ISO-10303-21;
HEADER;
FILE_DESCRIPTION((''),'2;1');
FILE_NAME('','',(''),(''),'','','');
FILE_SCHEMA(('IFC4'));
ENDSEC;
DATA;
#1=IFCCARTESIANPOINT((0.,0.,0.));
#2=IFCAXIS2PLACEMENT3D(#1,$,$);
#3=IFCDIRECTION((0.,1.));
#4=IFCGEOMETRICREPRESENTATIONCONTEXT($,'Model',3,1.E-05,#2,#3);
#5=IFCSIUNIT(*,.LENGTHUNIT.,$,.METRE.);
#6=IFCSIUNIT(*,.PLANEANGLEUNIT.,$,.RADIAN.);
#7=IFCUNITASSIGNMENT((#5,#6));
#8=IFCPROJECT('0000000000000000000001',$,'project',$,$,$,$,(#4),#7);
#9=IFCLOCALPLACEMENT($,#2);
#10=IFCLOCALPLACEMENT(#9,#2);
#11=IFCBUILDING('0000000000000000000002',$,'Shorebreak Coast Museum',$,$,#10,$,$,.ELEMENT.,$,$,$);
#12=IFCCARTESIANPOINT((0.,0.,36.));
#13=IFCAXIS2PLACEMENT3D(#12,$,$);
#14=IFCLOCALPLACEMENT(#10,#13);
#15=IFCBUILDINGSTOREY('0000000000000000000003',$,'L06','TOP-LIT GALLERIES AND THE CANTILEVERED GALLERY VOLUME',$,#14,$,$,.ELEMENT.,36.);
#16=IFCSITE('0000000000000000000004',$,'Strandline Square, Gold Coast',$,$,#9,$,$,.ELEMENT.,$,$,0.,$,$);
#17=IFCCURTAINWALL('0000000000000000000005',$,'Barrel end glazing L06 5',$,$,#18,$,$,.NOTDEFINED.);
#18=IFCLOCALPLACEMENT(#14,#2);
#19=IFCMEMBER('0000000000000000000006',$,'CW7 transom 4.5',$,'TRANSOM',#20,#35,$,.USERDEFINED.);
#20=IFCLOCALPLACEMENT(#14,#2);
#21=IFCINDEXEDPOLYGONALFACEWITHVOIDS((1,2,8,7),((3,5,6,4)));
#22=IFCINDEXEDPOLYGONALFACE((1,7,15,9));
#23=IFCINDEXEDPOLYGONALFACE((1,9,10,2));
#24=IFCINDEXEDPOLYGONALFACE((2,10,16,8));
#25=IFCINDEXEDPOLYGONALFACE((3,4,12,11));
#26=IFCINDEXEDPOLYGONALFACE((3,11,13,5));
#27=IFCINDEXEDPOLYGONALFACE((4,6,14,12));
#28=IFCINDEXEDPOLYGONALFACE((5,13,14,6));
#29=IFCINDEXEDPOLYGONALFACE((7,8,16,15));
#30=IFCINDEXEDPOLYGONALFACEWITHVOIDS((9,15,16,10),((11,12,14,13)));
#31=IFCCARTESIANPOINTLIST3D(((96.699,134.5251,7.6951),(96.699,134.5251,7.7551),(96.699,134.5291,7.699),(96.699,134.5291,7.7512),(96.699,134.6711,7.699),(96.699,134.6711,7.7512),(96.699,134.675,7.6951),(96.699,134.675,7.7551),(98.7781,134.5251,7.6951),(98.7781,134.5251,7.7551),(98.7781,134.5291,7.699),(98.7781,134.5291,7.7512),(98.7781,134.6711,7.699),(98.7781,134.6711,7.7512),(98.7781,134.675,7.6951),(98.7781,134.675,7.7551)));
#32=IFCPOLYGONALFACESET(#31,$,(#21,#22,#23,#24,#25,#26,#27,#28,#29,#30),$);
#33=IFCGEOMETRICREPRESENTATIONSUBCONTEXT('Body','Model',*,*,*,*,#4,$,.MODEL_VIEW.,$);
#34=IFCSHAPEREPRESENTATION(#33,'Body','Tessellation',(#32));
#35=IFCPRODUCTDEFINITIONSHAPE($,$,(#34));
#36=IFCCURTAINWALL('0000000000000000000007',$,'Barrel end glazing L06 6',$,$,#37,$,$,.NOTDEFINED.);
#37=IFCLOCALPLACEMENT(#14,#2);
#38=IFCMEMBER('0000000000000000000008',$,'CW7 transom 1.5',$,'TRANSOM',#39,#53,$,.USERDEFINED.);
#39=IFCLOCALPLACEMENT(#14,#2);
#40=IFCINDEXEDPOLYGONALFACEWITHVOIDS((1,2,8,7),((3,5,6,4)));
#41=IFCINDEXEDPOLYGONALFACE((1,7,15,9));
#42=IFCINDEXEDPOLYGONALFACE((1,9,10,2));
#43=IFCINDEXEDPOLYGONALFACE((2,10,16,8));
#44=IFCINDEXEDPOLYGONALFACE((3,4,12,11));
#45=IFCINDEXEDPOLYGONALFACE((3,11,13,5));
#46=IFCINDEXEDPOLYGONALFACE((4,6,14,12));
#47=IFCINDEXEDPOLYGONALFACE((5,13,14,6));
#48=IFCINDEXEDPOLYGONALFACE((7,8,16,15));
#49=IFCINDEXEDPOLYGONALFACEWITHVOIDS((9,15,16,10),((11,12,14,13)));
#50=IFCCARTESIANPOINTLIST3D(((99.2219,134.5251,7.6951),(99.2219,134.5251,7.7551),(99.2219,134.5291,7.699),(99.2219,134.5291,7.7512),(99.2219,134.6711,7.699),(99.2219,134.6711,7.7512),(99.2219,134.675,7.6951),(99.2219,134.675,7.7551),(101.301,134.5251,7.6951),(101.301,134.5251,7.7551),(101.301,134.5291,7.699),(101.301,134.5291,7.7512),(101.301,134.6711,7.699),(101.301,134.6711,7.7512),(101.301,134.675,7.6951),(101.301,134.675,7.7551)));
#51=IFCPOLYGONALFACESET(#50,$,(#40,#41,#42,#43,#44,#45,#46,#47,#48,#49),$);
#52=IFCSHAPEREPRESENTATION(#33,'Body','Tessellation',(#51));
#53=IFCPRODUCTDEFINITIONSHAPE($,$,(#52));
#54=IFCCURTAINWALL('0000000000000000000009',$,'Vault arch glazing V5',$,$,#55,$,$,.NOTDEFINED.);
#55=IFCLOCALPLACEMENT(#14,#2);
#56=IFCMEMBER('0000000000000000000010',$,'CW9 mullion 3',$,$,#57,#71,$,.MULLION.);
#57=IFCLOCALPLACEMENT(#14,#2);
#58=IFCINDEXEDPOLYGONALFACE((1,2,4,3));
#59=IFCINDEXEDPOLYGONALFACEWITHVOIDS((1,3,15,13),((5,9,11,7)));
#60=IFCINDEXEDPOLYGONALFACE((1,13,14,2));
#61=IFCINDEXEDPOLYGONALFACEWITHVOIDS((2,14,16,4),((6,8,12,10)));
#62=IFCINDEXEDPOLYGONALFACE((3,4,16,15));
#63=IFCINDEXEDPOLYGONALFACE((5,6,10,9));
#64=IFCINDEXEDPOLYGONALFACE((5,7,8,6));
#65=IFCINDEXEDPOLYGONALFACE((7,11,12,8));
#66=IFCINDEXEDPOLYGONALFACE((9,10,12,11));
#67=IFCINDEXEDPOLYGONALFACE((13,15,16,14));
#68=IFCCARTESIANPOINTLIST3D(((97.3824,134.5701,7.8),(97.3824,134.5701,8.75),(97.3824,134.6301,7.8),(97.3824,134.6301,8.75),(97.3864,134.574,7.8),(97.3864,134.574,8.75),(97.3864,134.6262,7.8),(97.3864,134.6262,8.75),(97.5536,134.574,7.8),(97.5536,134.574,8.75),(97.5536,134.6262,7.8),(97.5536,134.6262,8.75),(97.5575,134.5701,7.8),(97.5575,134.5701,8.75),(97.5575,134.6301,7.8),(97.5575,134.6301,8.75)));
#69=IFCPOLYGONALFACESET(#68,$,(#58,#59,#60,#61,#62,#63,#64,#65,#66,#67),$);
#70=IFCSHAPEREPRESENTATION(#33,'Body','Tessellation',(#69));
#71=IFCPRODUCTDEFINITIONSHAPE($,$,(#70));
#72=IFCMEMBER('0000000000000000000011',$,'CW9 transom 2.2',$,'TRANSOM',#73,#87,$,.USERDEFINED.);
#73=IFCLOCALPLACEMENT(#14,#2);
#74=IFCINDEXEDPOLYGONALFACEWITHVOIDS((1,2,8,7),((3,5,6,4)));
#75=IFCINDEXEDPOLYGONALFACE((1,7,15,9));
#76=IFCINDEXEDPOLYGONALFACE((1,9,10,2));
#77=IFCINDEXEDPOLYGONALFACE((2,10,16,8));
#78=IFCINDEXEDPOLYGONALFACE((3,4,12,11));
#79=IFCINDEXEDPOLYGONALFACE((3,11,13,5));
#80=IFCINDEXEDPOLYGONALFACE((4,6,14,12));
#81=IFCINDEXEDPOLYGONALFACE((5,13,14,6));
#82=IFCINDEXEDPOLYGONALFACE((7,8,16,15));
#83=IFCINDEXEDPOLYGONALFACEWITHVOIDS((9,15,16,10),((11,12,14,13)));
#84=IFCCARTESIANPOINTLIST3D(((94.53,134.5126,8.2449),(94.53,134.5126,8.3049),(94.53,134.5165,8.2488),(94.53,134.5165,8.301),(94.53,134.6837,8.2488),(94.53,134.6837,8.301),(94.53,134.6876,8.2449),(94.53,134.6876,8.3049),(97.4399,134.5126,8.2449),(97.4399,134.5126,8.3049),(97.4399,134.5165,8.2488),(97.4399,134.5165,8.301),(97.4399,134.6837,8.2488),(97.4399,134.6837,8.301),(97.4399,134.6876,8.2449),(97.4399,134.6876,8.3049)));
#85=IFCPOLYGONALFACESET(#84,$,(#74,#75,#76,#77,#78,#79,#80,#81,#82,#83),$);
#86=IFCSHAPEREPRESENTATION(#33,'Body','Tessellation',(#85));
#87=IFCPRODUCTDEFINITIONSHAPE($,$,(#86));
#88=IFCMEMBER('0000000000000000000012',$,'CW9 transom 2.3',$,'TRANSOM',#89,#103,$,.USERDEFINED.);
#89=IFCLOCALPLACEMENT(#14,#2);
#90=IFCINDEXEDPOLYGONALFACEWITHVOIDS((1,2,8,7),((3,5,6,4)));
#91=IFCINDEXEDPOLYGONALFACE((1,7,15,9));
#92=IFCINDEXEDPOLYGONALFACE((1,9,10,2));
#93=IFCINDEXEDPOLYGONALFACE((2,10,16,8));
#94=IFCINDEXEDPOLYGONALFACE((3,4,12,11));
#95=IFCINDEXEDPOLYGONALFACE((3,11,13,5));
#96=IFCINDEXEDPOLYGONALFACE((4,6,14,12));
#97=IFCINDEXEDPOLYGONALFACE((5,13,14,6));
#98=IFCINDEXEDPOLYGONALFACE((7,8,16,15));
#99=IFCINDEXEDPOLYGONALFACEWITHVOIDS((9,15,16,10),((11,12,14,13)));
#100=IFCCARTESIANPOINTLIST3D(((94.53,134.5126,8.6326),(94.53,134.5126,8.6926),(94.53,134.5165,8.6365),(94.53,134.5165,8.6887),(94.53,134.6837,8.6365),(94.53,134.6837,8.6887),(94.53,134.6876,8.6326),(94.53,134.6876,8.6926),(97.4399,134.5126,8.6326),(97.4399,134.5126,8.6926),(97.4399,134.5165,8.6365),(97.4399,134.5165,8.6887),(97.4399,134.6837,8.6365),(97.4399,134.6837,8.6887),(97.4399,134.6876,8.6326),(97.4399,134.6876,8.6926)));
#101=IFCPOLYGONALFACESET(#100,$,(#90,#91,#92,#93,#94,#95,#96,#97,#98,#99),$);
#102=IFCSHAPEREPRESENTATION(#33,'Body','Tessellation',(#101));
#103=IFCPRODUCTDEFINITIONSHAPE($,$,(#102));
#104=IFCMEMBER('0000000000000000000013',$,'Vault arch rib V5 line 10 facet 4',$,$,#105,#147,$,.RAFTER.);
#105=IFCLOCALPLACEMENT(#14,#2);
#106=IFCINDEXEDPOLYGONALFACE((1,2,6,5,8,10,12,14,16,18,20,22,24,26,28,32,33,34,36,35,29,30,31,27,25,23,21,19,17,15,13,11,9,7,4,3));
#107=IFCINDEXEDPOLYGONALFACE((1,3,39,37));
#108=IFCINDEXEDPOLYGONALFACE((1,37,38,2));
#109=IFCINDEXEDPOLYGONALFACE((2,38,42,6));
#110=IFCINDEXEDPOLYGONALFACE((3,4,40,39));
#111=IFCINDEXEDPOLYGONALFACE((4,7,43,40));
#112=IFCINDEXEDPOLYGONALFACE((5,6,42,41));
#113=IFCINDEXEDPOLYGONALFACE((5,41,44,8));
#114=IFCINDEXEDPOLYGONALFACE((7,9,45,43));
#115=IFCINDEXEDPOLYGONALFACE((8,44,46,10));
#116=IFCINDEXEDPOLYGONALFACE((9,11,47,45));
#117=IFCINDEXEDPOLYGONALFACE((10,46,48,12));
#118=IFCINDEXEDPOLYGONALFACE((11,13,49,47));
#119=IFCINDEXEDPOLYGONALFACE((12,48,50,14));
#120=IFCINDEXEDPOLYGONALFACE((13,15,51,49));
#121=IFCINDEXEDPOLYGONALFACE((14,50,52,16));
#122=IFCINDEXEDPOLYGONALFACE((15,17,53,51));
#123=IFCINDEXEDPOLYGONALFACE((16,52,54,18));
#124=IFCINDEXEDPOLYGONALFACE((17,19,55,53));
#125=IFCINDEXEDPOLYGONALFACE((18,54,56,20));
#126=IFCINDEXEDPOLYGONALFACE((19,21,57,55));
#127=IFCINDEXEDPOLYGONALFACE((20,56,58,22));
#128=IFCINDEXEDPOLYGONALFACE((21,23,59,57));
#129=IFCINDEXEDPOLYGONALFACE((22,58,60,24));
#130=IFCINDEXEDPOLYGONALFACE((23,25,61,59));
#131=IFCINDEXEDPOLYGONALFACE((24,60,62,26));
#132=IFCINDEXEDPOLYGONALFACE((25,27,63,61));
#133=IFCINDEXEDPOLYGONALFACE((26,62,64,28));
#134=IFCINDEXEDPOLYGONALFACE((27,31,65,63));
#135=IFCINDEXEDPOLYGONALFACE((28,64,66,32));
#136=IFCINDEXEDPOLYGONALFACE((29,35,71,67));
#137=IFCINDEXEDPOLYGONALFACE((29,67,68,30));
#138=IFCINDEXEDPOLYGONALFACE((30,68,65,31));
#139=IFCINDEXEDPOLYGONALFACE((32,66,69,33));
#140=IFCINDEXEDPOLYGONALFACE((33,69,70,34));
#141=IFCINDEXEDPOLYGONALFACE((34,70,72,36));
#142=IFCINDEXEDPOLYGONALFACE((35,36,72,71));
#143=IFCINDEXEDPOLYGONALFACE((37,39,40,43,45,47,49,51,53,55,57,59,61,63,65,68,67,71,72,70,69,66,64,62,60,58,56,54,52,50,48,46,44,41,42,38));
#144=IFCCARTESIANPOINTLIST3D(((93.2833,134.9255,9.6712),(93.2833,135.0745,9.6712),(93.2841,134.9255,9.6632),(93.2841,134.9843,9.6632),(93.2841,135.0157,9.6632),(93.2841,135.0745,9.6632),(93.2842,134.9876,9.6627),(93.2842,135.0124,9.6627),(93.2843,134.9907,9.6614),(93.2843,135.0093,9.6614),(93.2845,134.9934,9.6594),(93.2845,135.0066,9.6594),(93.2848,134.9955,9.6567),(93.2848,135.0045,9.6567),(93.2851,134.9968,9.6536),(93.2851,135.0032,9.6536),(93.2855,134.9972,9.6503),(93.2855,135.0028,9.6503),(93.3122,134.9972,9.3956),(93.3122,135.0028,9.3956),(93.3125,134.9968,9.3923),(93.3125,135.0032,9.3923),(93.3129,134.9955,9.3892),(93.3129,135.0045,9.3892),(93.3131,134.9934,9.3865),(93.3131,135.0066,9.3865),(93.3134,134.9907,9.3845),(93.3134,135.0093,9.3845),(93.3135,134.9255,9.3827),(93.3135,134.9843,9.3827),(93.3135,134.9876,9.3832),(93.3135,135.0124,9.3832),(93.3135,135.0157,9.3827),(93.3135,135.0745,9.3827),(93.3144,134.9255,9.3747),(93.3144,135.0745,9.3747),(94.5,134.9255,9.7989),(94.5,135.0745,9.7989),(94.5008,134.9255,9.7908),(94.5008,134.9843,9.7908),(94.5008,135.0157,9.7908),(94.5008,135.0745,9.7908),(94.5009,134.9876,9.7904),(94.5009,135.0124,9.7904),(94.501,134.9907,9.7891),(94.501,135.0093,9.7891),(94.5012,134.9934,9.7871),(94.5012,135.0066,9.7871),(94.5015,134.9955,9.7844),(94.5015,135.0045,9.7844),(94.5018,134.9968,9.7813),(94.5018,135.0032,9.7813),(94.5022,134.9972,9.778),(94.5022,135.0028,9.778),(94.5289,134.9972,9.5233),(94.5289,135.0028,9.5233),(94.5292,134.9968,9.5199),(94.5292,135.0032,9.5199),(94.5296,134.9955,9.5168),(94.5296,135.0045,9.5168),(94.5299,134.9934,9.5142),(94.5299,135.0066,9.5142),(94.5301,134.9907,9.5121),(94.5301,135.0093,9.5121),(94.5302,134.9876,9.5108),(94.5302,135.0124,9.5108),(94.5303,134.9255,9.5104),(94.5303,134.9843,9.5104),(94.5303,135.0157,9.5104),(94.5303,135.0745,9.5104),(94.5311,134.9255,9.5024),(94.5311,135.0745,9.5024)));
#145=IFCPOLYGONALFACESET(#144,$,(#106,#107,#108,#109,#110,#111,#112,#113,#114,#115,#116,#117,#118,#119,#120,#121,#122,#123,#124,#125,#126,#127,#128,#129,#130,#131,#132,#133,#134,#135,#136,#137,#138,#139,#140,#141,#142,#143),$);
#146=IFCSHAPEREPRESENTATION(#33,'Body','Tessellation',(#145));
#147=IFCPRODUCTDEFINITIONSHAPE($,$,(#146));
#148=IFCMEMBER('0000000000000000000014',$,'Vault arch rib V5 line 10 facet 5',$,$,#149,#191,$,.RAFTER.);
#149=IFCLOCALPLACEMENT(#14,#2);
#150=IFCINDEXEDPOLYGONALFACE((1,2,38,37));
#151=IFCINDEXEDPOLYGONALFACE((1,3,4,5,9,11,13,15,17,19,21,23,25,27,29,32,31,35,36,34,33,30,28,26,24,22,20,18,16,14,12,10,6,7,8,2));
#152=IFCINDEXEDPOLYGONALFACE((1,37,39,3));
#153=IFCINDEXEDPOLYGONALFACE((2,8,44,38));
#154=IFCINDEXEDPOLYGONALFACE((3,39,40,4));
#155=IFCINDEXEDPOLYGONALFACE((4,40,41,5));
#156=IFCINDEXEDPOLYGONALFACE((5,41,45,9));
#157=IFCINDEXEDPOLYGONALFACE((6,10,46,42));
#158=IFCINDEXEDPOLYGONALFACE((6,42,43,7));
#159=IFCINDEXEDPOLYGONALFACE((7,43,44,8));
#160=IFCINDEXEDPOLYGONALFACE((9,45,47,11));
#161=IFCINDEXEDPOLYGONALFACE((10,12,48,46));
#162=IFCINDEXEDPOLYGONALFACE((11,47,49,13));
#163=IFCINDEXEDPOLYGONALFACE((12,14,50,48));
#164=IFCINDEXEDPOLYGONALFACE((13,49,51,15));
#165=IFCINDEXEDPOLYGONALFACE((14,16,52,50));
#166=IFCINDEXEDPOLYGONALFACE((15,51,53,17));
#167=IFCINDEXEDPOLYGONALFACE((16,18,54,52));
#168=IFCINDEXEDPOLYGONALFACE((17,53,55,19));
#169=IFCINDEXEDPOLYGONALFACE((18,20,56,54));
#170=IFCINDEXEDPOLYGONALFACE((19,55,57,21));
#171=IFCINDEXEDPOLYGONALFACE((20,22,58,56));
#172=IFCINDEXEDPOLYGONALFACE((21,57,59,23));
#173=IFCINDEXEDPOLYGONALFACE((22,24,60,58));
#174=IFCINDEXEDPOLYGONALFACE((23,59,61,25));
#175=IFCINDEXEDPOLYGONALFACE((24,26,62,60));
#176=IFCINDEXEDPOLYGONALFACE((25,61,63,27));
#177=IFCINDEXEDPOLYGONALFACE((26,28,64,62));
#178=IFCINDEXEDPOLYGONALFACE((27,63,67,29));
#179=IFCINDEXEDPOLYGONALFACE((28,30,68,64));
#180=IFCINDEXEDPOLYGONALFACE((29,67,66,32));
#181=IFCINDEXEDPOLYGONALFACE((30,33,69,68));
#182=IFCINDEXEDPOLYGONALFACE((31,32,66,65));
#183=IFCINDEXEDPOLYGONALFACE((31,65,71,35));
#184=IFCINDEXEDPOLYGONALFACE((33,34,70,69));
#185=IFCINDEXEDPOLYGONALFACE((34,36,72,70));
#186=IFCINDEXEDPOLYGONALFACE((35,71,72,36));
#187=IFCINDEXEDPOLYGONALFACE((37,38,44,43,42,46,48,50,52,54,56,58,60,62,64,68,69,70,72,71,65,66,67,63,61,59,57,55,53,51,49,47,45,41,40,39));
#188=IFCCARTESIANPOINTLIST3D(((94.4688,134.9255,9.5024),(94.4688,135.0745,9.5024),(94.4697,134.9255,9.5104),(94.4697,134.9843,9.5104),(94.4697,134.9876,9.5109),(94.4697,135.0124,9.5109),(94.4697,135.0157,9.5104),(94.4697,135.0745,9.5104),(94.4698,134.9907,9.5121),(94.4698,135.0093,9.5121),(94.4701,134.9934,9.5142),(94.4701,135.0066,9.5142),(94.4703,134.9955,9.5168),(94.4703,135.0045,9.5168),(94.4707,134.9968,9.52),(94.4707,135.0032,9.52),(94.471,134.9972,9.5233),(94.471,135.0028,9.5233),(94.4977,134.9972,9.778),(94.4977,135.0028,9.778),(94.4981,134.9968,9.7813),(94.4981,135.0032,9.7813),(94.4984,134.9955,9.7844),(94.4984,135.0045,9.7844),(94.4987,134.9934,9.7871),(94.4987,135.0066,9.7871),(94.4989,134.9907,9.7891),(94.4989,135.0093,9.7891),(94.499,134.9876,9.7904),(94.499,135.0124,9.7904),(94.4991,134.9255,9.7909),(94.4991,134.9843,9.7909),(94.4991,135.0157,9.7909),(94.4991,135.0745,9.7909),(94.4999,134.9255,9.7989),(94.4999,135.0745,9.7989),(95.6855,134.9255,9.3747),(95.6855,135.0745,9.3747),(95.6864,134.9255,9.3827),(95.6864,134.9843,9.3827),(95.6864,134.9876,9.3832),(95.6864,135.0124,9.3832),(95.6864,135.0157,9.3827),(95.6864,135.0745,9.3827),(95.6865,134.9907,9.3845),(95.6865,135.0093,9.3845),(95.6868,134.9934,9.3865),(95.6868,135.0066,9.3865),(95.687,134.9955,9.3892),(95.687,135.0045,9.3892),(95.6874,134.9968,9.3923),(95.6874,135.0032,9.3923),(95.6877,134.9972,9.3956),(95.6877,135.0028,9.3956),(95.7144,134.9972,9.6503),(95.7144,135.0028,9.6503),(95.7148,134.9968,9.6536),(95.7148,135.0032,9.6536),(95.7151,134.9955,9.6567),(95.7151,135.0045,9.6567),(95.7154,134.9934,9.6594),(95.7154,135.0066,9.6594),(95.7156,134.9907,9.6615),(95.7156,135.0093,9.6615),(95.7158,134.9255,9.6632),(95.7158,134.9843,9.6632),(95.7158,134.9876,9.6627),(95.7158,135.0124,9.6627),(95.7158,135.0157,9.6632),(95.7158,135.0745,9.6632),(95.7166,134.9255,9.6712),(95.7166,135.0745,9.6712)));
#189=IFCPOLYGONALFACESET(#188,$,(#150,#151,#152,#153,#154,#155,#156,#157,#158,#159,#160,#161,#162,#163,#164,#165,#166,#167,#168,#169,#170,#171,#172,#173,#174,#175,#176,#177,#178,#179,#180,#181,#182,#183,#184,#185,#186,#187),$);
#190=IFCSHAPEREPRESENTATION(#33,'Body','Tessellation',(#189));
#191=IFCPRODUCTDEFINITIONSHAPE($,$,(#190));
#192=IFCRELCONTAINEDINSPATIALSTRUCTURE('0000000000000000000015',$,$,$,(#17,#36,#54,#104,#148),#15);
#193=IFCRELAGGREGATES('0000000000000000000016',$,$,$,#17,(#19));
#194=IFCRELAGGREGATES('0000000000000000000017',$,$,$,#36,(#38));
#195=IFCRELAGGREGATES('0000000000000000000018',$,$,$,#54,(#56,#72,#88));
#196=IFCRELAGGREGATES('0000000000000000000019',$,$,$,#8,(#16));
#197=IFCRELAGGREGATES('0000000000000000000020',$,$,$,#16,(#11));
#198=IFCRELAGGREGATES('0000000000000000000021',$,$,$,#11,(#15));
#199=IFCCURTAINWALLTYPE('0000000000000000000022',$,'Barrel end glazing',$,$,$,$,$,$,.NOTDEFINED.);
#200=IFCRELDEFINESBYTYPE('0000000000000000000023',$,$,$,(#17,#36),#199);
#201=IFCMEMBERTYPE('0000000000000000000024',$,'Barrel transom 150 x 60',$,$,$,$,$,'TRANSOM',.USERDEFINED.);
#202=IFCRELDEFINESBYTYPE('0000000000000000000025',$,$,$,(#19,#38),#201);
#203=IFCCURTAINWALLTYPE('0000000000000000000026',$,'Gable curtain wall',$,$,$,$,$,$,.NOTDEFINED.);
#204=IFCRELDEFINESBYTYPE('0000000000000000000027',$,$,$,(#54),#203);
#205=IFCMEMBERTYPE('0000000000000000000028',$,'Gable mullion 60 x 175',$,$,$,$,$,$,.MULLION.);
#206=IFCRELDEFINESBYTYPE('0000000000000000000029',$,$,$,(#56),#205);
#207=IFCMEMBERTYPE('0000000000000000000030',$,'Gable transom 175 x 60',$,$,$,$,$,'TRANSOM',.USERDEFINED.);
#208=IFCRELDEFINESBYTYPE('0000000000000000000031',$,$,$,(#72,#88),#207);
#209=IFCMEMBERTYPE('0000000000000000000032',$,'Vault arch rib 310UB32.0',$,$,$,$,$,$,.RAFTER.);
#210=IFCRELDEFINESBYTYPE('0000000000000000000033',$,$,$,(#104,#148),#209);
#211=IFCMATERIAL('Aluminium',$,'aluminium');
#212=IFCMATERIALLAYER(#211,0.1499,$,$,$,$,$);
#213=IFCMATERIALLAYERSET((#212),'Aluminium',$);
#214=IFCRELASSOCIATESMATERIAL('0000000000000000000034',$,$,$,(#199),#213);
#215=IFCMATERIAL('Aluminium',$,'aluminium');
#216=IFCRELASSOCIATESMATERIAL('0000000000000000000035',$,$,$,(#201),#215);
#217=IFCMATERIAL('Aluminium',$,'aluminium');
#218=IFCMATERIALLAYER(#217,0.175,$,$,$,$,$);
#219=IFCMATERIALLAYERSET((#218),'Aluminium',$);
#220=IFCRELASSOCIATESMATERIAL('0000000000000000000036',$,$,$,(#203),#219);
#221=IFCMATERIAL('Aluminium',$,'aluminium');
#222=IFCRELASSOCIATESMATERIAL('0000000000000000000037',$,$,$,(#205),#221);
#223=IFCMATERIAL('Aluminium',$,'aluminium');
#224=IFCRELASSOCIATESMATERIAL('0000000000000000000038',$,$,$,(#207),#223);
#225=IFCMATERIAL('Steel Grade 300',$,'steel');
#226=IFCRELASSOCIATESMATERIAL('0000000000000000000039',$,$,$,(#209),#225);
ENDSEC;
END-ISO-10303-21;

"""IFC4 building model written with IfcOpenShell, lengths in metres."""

from ifc_helpers import new_model, si_unit, direction, frame, origin, origin_2d, place, context, subcontext, project, spatial, hollow_rectangle, i_section, extrude, material, layer, layer_set, material_profile, profile_set, type_object, element, aggregate, save


model = new_model("IFC4")

# Units and contexts
model_context = context("Model", 3, precision=1e-05, world=origin(), true_north=direction((0.0, 1.0)))
body_context = subcontext(model_context, "Body", "Model", "MODEL_VIEW")
ifc_project = project(units=[si_unit("LENGTHUNIT", "METRE"), si_unit("PLANEANGLEUNIT", "RADIAN")], contexts=[model_context])

# Site, building, storey
site_placement = place(None, origin())
site = spatial("IfcSite", under=ifc_project, at=site_placement, Name="Strandline Square, Gold Coast", CompositionType="ELEMENT", RefElevation=0.0)
building_placement = place(site_placement, origin())
building = spatial("IfcBuilding", under=site, at=building_placement, Name="Shorebreak Coast Museum", CompositionType="ELEMENT")
storey_placement = place(building_placement, frame((0.0, 0.0, 36.0)))
storey = spatial("IfcBuildingStorey", under=building, at=storey_placement, Name="L06", Description="TOP-LIT GALLERIES AND THE CANTILEVERED GALLERY VOLUME", CompositionType="ELEMENT", Elevation=36.0)

# Curtain walls, members
ifc_material_1 = material(Name="Aluminium", Category="aluminium")
ifc_layer_1 = layer(ifc_material_1, 0.1499)
ifc_layer_set_1 = layer_set([ifc_layer_1], Name="Aluminium")
curtain_wall_type_1 = type_object("IfcCurtainWallType", Name="Barrel end glazing", PredefinedType="NOTDEFINED", material=ifc_layer_set_1)
curtain_wall_1_placement = place(storey_placement, origin())
curtain_wall_1 = element("IfcCurtainWall", 1, at=curtain_wall_1_placement, inside=storey, type_object=curtain_wall_type_1, Name="Barrel end glazing L06 5", PredefinedType="NOTDEFINED")
ifc_material_2 = material(Name="Aluminium", Category="aluminium")
ifc_material_profile_1 = material_profile(ifc_material_2, hollow_rectangle(XDim=0.1499, YDim=0.0601, WallThickness=0.0039, at=origin_2d()), Name="AL 60x150 RHS")
ifc_profile_set_1 = profile_set([ifc_material_profile_1], Name="Aluminium")
member_type_1 = type_object("IfcMemberType", Name="Barrel transom 150 x 60", ElementType="TRANSOM", PredefinedType="USERDEFINED", material=ifc_profile_set_1)
member_1_placement = place(storey_placement, frame((96.699, 134.6001, 7.7251), z_axis=(1.0, 0.0, 0.0), x_axis=(0.0, 1.0, 0.0)))
member_1 = element("IfcMember", 2, at=member_1_placement, type_object=member_type_1, Name="CW7 transom 4.5", ObjectType="TRANSOM", PredefinedType="USERDEFINED", context=body_context, shape_type="SweptSolid", body=[
    extrude(hollow_rectangle(XDim=0.1499, YDim=0.0601, WallThickness=0.0039, at=origin_2d()), origin(), (0.0, 0.0, 1.0), 2.0791),
])
curtain_wall_2_placement = place(storey_placement, origin())
curtain_wall_2 = element("IfcCurtainWall", 3, at=curtain_wall_2_placement, inside=storey, type_object=curtain_wall_type_1, Name="Barrel end glazing L06 6", PredefinedType="NOTDEFINED")
member_2_placement = place(storey_placement, frame((99.2219, 134.6001, 7.7251), z_axis=(1.0, 0.0, 0.0), x_axis=(0.0, 1.0, 0.0)))
member_2 = element("IfcMember", 4, at=member_2_placement, type_object=member_type_1, Name="CW7 transom 1.5", ObjectType="TRANSOM", PredefinedType="USERDEFINED", context=body_context, shape_type="SweptSolid", body=[
    extrude(hollow_rectangle(XDim=0.1499, YDim=0.0601, WallThickness=0.0039, at=origin_2d()), origin(), (0.0, 0.0, 1.0), 2.0791),
])

# Curtain wall, members
ifc_material_3 = material(Name="Aluminium", Category="aluminium")
ifc_layer_2 = layer(ifc_material_3, 0.175)
ifc_layer_set_2 = layer_set([ifc_layer_2], Name="Aluminium")
curtain_wall_type_2 = type_object("IfcCurtainWallType", Name="Gable curtain wall", PredefinedType="NOTDEFINED", material=ifc_layer_set_2)
curtain_wall_3_placement = place(storey_placement, origin())
curtain_wall_3 = element("IfcCurtainWall", 5, at=curtain_wall_3_placement, inside=storey, type_object=curtain_wall_type_2, Name="Vault arch glazing V5", PredefinedType="NOTDEFINED")
ifc_material_4 = material(Name="Aluminium", Category="aluminium")
ifc_material_profile_2 = material_profile(ifc_material_4, hollow_rectangle(XDim=0.0601, YDim=0.175, WallThickness=0.0039, at=origin_2d()), Name="AL 175x60 RHS")
ifc_profile_set_2 = profile_set([ifc_material_profile_2], Name="Aluminium")
member_type_2 = type_object("IfcMemberType", Name="Gable mullion 60 x 175", PredefinedType="MULLION", material=ifc_profile_set_2)
member_3_placement = place(storey_placement, frame((97.47, 134.6001, 7.8), z_axis=(0.0, 0.0, 1.0), x_axis=(0.0, 1.0, 0.0)))
member_3 = element("IfcMember", 6, at=member_3_placement, type_object=member_type_2, Name="CW9 mullion 3", PredefinedType="MULLION", context=body_context, shape_type="SweptSolid", body=[
    extrude(hollow_rectangle(XDim=0.0601, YDim=0.175, WallThickness=0.0039, at=origin_2d()), origin(), (0.0, 0.0, 1.0), 0.95),
])
ifc_material_5 = material(Name="Aluminium", Category="aluminium")
ifc_material_profile_3 = material_profile(ifc_material_5, hollow_rectangle(XDim=0.175, YDim=0.0601, WallThickness=0.0039, at=origin_2d()), Name="AL 60x175 RHS")
ifc_profile_set_3 = profile_set([ifc_material_profile_3], Name="Aluminium")
member_type_3 = type_object("IfcMemberType", Name="Gable transom 175 x 60", ElementType="TRANSOM", PredefinedType="USERDEFINED", material=ifc_profile_set_3)
member_4_placement = place(storey_placement, frame((94.53, 134.6001, 8.2749), z_axis=(1.0, 0.0, 0.0), x_axis=(0.0, 1.0, 0.0)))
member_4 = element("IfcMember", 7, at=member_4_placement, type_object=member_type_3, Name="CW9 transom 2.2", ObjectType="TRANSOM", PredefinedType="USERDEFINED", context=body_context, shape_type="SweptSolid", body=[
    extrude(hollow_rectangle(XDim=0.175, YDim=0.0601, WallThickness=0.0039, at=origin_2d()), origin(), (0.0, 0.0, 1.0), 2.9099),
])
member_5_placement = place(storey_placement, frame((94.53, 134.6001, 8.6626), z_axis=(1.0, 0.0, 0.0), x_axis=(0.0, 1.0, 0.0)))
member_5 = element("IfcMember", 8, at=member_5_placement, type_object=member_type_3, Name="CW9 transom 2.3", ObjectType="TRANSOM", PredefinedType="USERDEFINED", context=body_context, shape_type="SweptSolid", body=[
    extrude(hollow_rectangle(XDim=0.175, YDim=0.0601, WallThickness=0.0039, at=origin_2d()), origin(), (0.0, 0.0, 1.0), 2.9099),
])

# Members
ifc_material_6 = material(Name="Steel Grade 300", Category="steel")
ifc_material_profile_4 = material_profile(ifc_material_6, i_section(OverallWidth=0.1489, OverallDepth=0.2981, WebThickness=0.0056, FlangeThickness=0.0081, FilletRadius=0.0129, at=origin_2d()), Name="310UB32.0")
ifc_profile_set_4 = profile_set([ifc_material_profile_4], Name="Steel Grade 300")
member_type_4 = type_object("IfcMemberType", Name="Vault arch rib 310UB32.0", PredefinedType="RAFTER", material=ifc_profile_set_4)
for number, where, z_axis, x_axis, name in (
    (9, (93.2988, 135.0, 9.5229), (0.994539, 0.0, 0.104363), (0.0, 1.0, 0.0), "Vault arch rib V5 line 10 facet 4"),
    (10, (94.4844, 135.0, 9.6506), (0.994539, 0.0, -0.104363), (0.0, 1.0, 0.0), "Vault arch rib V5 line 10 facet 5"),
):
    element("IfcMember", number, at=place(storey_placement, frame(where, z_axis=z_axis, x_axis=x_axis)), inside=storey, type_object=member_type_4, Name=name, PredefinedType="RAFTER", context=body_context, shape_type="SweptSolid", body=[
        extrude(i_section(OverallWidth=0.1489, OverallDepth=0.2981, WebThickness=0.0056, FlangeThickness=0.0081, FilletRadius=0.0129, at=origin_2d()), origin(), (0.0, 0.0, 1.0), 1.2234),
    ])

aggregate(curtain_wall_1, [member_1])
aggregate(curtain_wall_2, [member_2])
aggregate(curtain_wall_3, [member_3, member_4, member_5])

save(model, "model.ifc")
